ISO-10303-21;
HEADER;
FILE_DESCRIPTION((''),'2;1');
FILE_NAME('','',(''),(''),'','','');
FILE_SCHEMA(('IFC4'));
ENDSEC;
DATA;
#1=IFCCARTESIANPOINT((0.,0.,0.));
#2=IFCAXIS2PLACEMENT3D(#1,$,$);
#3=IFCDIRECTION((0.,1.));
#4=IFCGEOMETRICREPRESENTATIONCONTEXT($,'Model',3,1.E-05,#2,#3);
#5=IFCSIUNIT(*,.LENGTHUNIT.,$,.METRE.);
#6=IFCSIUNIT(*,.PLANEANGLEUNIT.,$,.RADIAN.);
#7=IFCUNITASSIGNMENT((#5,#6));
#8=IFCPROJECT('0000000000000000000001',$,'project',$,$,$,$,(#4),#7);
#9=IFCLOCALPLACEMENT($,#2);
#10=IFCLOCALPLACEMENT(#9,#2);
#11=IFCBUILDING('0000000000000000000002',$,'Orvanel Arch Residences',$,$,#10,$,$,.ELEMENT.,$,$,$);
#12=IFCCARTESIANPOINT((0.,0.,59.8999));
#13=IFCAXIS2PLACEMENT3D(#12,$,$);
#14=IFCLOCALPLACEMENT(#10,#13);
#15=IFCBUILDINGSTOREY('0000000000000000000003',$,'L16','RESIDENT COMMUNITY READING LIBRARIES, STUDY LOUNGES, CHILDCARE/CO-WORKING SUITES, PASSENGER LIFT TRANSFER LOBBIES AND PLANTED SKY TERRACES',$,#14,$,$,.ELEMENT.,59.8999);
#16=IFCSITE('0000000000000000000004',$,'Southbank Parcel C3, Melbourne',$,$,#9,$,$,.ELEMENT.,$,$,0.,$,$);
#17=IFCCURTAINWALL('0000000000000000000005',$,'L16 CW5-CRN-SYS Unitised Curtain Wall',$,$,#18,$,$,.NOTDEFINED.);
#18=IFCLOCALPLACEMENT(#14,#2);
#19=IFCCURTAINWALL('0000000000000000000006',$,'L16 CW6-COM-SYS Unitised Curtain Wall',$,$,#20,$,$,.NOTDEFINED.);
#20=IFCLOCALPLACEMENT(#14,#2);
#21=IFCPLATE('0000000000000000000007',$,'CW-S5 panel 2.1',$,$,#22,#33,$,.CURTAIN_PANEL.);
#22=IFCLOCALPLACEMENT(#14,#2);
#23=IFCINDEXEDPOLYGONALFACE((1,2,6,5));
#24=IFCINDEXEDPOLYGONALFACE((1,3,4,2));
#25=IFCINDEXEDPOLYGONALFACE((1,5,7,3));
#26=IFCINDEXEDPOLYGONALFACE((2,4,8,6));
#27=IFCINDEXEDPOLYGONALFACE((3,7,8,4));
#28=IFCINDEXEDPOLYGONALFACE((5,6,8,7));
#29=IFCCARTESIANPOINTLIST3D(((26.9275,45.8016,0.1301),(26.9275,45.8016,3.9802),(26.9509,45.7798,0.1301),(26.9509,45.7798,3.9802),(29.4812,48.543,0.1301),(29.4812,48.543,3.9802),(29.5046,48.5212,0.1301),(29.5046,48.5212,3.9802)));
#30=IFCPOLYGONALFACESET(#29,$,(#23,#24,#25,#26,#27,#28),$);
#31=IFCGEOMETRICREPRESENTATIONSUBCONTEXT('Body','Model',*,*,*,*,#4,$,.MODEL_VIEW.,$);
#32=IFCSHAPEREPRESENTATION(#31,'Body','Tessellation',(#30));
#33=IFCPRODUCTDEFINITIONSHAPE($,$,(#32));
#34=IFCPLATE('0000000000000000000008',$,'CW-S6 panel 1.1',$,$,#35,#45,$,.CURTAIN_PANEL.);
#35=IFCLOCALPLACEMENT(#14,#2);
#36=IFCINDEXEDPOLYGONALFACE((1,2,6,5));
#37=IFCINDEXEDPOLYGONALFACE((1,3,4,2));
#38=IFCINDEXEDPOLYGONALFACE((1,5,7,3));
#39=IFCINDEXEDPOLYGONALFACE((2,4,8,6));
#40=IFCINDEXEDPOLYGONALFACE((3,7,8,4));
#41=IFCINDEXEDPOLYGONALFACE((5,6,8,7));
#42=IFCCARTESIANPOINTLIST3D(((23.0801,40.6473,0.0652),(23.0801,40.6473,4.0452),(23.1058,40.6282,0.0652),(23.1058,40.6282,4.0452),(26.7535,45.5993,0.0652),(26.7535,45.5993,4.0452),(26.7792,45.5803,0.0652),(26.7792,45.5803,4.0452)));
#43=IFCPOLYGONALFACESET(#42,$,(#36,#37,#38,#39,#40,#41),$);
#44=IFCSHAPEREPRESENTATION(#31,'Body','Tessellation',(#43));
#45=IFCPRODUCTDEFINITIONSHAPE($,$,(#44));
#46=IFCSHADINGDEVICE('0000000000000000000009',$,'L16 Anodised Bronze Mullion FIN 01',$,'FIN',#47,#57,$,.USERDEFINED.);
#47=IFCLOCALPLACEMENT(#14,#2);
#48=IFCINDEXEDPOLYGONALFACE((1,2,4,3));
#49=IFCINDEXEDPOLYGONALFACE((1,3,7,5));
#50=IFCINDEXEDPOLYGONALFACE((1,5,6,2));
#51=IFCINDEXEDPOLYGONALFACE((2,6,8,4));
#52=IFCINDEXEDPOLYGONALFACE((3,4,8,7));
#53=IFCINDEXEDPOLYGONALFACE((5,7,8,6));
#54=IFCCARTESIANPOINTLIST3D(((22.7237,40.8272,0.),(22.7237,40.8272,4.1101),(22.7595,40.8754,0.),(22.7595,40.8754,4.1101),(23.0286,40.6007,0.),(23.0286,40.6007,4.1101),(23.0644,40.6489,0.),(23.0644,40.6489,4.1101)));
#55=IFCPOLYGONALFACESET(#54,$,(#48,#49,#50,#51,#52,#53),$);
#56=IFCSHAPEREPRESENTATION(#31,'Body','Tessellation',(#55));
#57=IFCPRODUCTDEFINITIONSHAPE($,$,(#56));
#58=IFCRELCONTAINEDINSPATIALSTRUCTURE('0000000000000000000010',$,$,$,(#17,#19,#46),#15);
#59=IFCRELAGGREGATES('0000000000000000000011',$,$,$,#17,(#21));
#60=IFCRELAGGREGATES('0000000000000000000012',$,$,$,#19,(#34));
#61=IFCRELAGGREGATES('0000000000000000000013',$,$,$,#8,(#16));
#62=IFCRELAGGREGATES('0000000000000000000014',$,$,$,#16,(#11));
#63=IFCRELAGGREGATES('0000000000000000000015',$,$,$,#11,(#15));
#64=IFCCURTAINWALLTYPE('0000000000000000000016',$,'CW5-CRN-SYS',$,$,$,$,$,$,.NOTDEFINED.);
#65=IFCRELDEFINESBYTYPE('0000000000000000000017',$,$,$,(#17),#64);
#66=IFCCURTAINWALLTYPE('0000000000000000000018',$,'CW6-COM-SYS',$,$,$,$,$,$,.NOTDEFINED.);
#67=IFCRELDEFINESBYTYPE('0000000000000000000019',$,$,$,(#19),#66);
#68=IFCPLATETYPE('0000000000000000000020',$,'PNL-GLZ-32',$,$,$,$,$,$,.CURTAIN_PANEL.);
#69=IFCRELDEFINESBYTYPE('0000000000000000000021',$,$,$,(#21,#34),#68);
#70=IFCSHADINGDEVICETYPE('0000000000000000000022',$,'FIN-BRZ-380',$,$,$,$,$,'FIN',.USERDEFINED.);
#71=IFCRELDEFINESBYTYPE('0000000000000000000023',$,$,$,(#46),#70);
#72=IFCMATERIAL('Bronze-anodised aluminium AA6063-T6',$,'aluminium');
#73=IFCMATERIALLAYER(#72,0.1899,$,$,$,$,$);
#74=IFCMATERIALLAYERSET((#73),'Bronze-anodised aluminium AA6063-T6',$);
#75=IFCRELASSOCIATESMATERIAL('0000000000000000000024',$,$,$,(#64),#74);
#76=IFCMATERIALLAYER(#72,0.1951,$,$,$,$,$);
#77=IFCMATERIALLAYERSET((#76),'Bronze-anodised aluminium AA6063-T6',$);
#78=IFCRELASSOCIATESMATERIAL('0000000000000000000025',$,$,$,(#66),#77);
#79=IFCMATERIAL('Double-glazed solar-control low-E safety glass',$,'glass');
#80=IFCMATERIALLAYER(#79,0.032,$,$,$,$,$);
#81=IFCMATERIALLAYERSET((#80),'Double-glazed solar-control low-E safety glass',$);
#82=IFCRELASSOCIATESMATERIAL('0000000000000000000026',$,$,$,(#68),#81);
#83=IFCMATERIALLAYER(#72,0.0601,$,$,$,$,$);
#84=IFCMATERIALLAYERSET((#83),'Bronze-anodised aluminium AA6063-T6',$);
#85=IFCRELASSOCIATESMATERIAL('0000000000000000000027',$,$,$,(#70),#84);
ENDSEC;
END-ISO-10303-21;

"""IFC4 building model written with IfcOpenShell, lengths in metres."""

from ifc_helpers import new_model, si_unit, direction, frame, origin, origin_2d, place, context, subcontext, project, spatial, rectangle, extrude, material, layer, layer_set, type_object, element, aggregate, save


model = new_model("IFC4")

# Units and contexts
model_context = context("Model", 3, precision=1e-05, world=origin(), true_north=direction((0.0, 1.0)))
body_context = subcontext(model_context, "Body", "Model", "MODEL_VIEW")
ifc_project = project(units=[si_unit("LENGTHUNIT", "METRE"), si_unit("PLANEANGLEUNIT", "RADIAN")], contexts=[model_context])

# Site, building, storey
site_placement = place(None, origin())
site = spatial("IfcSite", under=ifc_project, at=site_placement, Name="Southbank Parcel C3, Melbourne", CompositionType="ELEMENT", RefElevation=0.0)
building_placement = place(site_placement, origin())
building = spatial("IfcBuilding", under=site, at=building_placement, Name="Orvanel Arch Residences", CompositionType="ELEMENT")
storey_placement = place(building_placement, frame((0.0, 0.0, 59.8999)))
storey = spatial("IfcBuildingStorey", under=building, at=storey_placement, Name="L16", Description="RESIDENT COMMUNITY READING LIBRARIES, STUDY LOUNGES, CHILDCARE/CO-WORKING SUITES, PASSENGER LIFT TRANSFER LOBBIES AND PLANTED SKY TERRACES", CompositionType="ELEMENT", Elevation=59.8999)

# Shared definitions
ifc_material_1 = material(Name="Bronze-anodised aluminium AA6063-T6", Category="aluminium")
ifc_layer_1 = layer(ifc_material_1, 0.1899)
ifc_layer_set_1 = layer_set([ifc_layer_1], Name="Bronze-anodised aluminium AA6063-T6")
curtain_wall_type_1 = type_object("IfcCurtainWallType", Name="CW5-CRN-SYS", PredefinedType="NOTDEFINED", material=ifc_layer_set_1)

# Curtain walls
curtain_wall_1_placement = place(storey_placement, origin())
curtain_wall_1 = element("IfcCurtainWall", 1, at=curtain_wall_1_placement, inside=storey, type_object=curtain_wall_type_1, Name="L16 CW5-CRN-SYS Unitised Curtain Wall", PredefinedType="NOTDEFINED")
ifc_layer_2 = layer(ifc_material_1, 0.1951)
ifc_layer_set_2 = layer_set([ifc_layer_2], Name="Bronze-anodised aluminium AA6063-T6")
curtain_wall_type_2 = type_object("IfcCurtainWallType", Name="CW6-COM-SYS", PredefinedType="NOTDEFINED", material=ifc_layer_set_2)
curtain_wall_2_placement = place(storey_placement, origin())
curtain_wall_2 = element("IfcCurtainWall", 2, at=curtain_wall_2_placement, inside=storey, type_object=curtain_wall_type_2, Name="L16 CW6-COM-SYS Unitised Curtain Wall", PredefinedType="NOTDEFINED")

# Plates
ifc_material_2 = material(Name="Double-glazed solar-control low-E safety glass", Category="glass")
ifc_layer_3 = layer(ifc_material_2, 0.032)
ifc_layer_set_3 = layer_set([ifc_layer_3], Name="Double-glazed solar-control low-E safety glass")
plate_type_1 = type_object("IfcPlateType", Name="PNL-GLZ-32", PredefinedType="CURTAIN_PANEL", material=ifc_layer_set_3)
plate_1_placement = place(storey_placement, frame((28.2161, 47.1614, 0.1301), z_axis=(0.0, 0.0, 1.0), x_axis=(-0.681609, -0.731716, 0.0)))
plate_1 = element("IfcPlate", 3, at=plate_1_placement, type_object=plate_type_1, Name="CW-S5 panel 2.1", PredefinedType="CURTAIN_PANEL", context=body_context, shape_type="SweptSolid", body=[
    extrude(rectangle(XDim=3.7466, YDim=0.032, at=origin_2d()), origin(), (0.0, 0.0, 1.0), 3.8501),
])
aggregate(curtain_wall_1, [plate_1])
plate_2_placement = place(storey_placement, frame((24.9297, 43.1138, 0.0652), z_axis=(0.0, 0.0, 1.0), x_axis=(-0.595774, -0.803152, 0.0)))
plate_2 = element("IfcPlate", 4, at=plate_2_placement, type_object=plate_type_1, Name="CW-S6 panel 1.1", PredefinedType="CURTAIN_PANEL", context=body_context, shape_type="SweptSolid", body=[
    extrude(rectangle(XDim=6.1658, YDim=0.032, at=origin_2d()), origin(), (0.0, 0.0, 1.0), 3.98),
])
aggregate(curtain_wall_2, [plate_2])

# Shading device
ifc_layer_4 = layer(ifc_material_1, 0.0601)
ifc_layer_set_4 = layer_set([ifc_layer_4], Name="Bronze-anodised aluminium AA6063-T6")
shading_device_type = type_object("IfcShadingDeviceType", Name="FIN-BRZ-380", ElementType="FIN", PredefinedType="USERDEFINED", material=ifc_layer_set_4)
shading_device_placement = place(storey_placement, frame((22.894, 40.738, 0.0), z_axis=(0.0, 0.0, 1.0), x_axis=(-0.802817, 0.596225, 0.0)))
element("IfcShadingDevice", 5, at=shading_device_placement, inside=storey, type_object=shading_device_type, Name="L16 Anodised Bronze Mullion FIN 01", ObjectType="FIN", PredefinedType="USERDEFINED", context=body_context, shape_type="SweptSolid", body=[
    extrude(rectangle(XDim=0.3799, YDim=0.0601, at=origin_2d()), origin(), (0.0, 0.0, 1.0), 4.1101),
])

save(model, "model.ifc")
